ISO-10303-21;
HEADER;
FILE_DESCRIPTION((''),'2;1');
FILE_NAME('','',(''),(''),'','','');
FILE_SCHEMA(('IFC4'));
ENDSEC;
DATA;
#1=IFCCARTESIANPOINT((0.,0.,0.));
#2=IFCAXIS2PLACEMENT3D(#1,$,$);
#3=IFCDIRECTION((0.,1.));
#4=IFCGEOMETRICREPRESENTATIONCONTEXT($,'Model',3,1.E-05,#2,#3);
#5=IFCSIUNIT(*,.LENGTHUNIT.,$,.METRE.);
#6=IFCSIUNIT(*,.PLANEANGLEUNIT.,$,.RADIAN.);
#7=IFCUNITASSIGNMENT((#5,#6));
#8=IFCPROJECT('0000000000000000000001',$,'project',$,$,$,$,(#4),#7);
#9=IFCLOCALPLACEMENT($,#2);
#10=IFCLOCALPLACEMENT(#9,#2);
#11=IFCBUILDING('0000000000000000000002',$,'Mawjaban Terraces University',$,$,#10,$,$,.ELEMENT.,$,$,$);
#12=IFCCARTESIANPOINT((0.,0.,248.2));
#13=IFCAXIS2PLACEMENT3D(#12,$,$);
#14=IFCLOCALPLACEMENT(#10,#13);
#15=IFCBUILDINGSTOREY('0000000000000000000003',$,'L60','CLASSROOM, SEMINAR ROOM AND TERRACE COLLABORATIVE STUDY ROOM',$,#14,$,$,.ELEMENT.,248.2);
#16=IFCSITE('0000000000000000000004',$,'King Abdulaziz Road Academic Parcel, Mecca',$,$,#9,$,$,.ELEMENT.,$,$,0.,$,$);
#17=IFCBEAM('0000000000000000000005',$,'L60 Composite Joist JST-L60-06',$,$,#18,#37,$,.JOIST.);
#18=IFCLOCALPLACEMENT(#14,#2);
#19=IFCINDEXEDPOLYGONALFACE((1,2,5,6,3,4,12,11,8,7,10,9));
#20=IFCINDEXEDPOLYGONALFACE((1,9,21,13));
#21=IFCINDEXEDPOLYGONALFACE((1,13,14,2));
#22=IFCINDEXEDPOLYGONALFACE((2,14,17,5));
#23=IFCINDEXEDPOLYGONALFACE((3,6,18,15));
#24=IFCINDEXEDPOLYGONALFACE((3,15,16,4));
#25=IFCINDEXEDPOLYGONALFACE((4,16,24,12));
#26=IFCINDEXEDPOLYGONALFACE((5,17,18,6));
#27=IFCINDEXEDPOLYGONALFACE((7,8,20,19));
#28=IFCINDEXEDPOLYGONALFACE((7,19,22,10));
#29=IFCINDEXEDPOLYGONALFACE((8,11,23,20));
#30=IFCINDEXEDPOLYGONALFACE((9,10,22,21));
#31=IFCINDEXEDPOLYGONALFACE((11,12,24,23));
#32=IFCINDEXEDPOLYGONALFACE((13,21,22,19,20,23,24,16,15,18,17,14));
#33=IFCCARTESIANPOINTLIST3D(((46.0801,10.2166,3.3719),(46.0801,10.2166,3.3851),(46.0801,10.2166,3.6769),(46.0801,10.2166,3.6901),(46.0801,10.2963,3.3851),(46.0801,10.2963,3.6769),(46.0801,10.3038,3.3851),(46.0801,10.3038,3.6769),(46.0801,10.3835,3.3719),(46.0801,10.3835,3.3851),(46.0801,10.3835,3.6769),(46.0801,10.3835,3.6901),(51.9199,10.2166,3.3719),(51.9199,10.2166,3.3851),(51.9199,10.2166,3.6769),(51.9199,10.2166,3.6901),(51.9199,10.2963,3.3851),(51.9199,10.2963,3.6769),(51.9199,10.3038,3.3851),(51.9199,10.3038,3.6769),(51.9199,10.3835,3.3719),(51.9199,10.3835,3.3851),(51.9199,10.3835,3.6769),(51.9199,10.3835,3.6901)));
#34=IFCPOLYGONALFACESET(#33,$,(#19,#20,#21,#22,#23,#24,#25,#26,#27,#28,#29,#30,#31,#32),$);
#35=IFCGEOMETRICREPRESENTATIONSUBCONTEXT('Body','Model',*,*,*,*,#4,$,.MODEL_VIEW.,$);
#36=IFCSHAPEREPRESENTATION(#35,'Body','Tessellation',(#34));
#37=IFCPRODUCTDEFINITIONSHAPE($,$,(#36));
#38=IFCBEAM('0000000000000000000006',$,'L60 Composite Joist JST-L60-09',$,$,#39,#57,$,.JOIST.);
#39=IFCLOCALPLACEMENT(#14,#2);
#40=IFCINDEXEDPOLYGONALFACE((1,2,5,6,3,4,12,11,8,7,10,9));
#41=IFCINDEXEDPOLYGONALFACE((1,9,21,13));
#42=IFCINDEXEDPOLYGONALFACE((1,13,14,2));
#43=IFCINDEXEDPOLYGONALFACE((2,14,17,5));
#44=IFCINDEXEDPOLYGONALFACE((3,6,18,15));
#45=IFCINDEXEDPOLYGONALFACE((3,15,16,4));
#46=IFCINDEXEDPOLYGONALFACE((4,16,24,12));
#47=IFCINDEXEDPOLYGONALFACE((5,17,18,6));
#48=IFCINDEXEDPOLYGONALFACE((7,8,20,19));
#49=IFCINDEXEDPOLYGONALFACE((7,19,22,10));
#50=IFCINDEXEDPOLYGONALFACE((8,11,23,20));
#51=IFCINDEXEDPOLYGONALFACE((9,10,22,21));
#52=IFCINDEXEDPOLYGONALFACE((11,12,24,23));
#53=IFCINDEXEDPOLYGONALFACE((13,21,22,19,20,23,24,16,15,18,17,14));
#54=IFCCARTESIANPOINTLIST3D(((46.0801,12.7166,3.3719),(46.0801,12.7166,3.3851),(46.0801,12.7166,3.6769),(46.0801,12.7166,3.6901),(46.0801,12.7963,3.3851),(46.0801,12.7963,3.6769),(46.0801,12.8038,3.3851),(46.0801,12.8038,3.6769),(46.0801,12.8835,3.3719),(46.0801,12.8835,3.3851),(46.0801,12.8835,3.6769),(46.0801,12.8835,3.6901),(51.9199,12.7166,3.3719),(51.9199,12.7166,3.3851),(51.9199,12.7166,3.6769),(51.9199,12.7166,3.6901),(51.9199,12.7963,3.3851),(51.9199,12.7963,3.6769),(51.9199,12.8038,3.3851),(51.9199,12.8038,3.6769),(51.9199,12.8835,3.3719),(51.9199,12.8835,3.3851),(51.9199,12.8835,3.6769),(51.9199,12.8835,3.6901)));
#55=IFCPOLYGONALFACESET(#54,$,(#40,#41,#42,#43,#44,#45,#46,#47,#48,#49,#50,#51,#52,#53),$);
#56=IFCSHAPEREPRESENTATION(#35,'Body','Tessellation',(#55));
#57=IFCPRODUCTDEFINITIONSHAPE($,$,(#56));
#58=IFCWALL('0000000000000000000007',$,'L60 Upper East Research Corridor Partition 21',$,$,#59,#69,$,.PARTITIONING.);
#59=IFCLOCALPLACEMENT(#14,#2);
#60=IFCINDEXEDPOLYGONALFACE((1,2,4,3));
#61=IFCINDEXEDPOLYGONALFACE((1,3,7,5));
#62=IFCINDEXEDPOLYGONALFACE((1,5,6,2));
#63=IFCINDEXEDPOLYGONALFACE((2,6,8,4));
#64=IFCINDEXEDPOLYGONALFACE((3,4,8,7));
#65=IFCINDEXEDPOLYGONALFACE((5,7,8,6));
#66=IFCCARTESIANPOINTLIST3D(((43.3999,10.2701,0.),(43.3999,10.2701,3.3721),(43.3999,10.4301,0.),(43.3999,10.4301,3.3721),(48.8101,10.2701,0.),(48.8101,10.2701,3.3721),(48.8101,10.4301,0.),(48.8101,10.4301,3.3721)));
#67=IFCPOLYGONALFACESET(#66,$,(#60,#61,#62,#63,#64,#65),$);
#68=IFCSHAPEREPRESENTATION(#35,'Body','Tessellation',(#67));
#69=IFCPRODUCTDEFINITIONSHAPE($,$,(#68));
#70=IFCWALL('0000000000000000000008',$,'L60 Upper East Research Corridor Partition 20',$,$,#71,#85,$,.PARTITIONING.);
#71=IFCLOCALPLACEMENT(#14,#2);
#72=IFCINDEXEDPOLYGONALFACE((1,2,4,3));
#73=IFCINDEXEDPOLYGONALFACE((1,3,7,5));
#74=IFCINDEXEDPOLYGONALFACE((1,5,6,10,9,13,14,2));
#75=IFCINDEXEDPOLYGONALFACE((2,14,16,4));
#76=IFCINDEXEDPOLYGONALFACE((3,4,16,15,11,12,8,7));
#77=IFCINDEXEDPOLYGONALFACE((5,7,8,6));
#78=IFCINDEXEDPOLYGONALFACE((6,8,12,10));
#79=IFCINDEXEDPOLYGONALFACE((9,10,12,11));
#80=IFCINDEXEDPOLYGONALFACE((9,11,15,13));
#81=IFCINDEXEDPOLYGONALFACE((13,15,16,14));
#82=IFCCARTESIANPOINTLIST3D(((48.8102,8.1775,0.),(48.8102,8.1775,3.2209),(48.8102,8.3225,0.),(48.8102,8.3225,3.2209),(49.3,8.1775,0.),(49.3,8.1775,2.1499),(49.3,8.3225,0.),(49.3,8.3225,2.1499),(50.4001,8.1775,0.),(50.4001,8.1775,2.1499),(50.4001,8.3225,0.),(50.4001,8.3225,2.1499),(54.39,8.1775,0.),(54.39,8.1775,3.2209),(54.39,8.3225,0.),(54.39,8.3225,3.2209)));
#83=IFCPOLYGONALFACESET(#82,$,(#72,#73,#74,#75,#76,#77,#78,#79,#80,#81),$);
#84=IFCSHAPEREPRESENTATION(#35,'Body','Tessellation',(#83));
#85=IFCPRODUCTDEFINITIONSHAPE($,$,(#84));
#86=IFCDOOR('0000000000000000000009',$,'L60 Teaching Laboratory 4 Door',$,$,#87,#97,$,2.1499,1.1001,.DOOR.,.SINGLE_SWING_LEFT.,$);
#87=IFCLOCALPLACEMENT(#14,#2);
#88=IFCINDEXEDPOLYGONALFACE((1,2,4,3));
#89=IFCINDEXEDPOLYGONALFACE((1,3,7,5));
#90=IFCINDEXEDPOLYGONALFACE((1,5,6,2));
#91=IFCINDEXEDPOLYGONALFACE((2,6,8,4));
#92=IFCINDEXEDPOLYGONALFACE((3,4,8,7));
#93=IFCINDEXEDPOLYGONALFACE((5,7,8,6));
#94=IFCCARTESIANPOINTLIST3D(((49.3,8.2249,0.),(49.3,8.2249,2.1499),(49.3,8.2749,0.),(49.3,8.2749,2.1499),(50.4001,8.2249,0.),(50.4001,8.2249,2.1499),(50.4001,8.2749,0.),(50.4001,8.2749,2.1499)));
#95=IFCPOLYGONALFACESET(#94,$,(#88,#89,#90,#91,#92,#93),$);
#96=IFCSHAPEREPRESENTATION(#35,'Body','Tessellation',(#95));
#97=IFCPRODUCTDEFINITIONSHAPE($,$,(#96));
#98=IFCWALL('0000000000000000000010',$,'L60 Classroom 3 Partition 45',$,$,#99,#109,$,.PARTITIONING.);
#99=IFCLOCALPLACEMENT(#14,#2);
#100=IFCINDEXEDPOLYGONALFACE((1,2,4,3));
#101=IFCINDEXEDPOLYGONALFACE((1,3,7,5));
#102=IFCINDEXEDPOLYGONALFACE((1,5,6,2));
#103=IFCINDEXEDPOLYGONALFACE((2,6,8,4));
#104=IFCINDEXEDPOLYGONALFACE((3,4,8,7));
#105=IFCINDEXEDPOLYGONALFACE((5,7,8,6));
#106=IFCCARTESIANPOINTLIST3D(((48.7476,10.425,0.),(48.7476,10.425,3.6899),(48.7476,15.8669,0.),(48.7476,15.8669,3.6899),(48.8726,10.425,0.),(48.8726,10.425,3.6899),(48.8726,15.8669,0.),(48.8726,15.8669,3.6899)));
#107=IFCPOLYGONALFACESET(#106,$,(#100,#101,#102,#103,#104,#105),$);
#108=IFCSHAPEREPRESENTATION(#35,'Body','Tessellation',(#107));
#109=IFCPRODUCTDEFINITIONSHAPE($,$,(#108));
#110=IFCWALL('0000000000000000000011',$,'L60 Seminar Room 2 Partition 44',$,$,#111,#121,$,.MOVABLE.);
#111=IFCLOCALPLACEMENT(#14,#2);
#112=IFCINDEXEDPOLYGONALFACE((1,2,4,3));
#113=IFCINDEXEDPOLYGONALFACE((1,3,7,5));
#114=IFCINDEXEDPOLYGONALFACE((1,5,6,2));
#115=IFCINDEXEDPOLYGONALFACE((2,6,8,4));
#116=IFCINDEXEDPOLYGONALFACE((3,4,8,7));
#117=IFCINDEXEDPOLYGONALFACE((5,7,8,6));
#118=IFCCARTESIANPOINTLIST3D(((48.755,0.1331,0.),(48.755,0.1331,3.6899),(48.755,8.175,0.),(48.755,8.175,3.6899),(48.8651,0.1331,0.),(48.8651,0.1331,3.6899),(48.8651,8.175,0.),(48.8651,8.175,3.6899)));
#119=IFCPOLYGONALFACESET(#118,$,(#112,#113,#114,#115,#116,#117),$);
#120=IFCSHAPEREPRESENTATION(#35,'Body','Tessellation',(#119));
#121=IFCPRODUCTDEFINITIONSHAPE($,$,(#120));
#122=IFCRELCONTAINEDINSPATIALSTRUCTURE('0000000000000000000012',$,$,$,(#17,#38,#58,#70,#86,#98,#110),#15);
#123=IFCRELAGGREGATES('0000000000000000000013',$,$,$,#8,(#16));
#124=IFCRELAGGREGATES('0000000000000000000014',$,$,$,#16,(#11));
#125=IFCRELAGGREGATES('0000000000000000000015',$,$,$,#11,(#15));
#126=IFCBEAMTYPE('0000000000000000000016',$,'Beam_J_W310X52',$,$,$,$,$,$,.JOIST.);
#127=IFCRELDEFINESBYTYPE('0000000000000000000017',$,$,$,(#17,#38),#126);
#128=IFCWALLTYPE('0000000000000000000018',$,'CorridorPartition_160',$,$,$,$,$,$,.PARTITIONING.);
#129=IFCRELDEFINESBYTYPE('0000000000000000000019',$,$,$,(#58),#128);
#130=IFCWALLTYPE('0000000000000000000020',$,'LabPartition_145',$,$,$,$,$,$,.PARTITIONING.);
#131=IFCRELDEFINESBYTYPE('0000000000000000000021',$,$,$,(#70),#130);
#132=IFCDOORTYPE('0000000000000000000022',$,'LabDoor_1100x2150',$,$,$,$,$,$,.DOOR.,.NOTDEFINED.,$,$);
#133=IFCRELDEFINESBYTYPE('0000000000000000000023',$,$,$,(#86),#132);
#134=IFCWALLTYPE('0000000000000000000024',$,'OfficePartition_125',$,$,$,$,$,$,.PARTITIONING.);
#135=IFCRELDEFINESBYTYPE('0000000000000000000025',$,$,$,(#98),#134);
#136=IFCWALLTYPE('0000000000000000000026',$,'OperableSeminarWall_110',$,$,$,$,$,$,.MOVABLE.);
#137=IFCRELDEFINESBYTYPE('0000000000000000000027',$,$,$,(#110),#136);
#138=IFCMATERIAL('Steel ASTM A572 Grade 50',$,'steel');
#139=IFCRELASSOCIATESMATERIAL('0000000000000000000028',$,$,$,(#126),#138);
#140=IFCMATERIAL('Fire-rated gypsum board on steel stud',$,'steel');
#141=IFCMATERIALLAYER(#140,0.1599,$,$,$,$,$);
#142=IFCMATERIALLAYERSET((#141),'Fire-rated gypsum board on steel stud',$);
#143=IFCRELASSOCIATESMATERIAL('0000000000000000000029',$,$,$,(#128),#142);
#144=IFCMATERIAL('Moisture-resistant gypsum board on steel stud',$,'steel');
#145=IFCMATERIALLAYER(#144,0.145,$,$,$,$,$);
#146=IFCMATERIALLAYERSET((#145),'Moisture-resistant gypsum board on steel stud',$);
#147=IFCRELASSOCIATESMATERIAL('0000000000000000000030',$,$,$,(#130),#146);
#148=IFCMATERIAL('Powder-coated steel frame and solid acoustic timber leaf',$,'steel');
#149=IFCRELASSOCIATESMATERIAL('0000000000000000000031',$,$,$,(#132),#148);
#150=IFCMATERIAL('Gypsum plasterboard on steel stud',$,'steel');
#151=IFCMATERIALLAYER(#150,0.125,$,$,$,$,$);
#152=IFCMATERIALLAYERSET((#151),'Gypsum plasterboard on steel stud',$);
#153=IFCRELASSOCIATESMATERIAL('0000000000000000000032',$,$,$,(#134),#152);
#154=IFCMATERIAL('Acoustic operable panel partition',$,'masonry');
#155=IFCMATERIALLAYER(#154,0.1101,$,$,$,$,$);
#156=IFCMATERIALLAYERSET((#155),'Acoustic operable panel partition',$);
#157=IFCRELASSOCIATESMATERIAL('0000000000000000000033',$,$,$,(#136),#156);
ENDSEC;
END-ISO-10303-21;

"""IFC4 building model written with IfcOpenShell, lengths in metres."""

from ifc_helpers import new_model, si_unit, direction, frame, frame_2d, origin, origin_2d, place, context, subcontext, project, spatial, rectangle, i_section, extrude, material, layer, layer_set, material_profile, profile_set, type_object, element, fill, save


model = new_model("IFC4")

# Units and contexts
model_context = context("Model", 3, precision=1e-05, world=origin(), true_north=direction((0.0, 1.0)))
body_context = subcontext(model_context, "Body", "Model", "MODEL_VIEW")
ifc_project = project(units=[si_unit("LENGTHUNIT", "METRE"), si_unit("PLANEANGLEUNIT", "RADIAN")], contexts=[model_context])

# Site, building, storey
site_placement = place(None, origin())
site = spatial("IfcSite", under=ifc_project, at=site_placement, Name="King Abdulaziz Road Academic Parcel, Mecca", CompositionType="ELEMENT", RefElevation=0.0)
building_placement = place(site_placement, origin())
building = spatial("IfcBuilding", under=site, at=building_placement, Name="Mawjaban Terraces University", CompositionType="ELEMENT")
storey_placement = place(building_placement, frame((0.0, 0.0, 248.2)))
storey = spatial("IfcBuildingStorey", under=building, at=storey_placement, Name="L60", Description="CLASSROOM, SEMINAR ROOM AND TERRACE COLLABORATIVE STUDY ROOM", CompositionType="ELEMENT", Elevation=248.2)

# Beams
ifc_material_1 = material(Name="Steel ASTM A572 Grade 50", Category="steel")
ifc_material_profile_1 = material_profile(ifc_material_1, i_section(OverallWidth=0.167, OverallDepth=0.3181, WebThickness=0.0076, FlangeThickness=0.0132, at=origin_2d()), Name="W310X52")
ifc_profile_set_1 = profile_set([ifc_material_profile_1], Name="Steel ASTM A572 Grade 50")
beam_type_1 = type_object("IfcBeamType", Name="Beam_J_W310X52", PredefinedType="JOIST", material=ifc_profile_set_1)
for number, where, z_axis, x_axis, name in (
    (1, (46.0801, 10.3, 3.531), (1.0, 0.0, 0.0), (0.0, 1.0, 0.0), "L60 Composite Joist JST-L60-06"),
    (2, (46.0801, 12.8, 3.531), (1.0, 0.0, 0.0), (0.0, 1.0, 0.0), "L60 Composite Joist JST-L60-09"),
):
    element("IfcBeam", number, at=place(storey_placement, frame(where, z_axis=z_axis, x_axis=x_axis)), inside=storey, type_object=beam_type_1, Name=name, PredefinedType="JOIST", context=body_context, shape_type="SweptSolid", body=[
        extrude(i_section(OverallWidth=0.167, OverallDepth=0.3181, WebThickness=0.0076, FlangeThickness=0.0132, at=origin_2d()), origin(), (0.0, 0.0, 1.0), 5.8398),
    ])

# Wall
ifc_material_2 = material(Name="Fire-rated gypsum board on steel stud", Category="steel")
ifc_layer_1 = layer(ifc_material_2, 0.1599)
ifc_layer_set_1 = layer_set([ifc_layer_1], Name="Fire-rated gypsum board on steel stud")
wall_type_1 = type_object("IfcWallType", Name="CorridorPartition_160", PredefinedType="PARTITIONING", material=ifc_layer_set_1)
wall_1_placement = place(storey_placement, frame((48.8101, 10.3501, 0.0), z_axis=(0.0, 0.0, 1.0), x_axis=(-1.0, 0.0, 0.0)))
element("IfcWall", 3, at=wall_1_placement, inside=storey, type_object=wall_type_1, Name="L60 Upper East Research Corridor Partition 21", PredefinedType="PARTITIONING", context=body_context, shape_type="SweptSolid", body=[
    extrude(rectangle(XDim=5.4102, YDim=0.1599, at=frame_2d((2.7051, 0.0))), origin(), (0.0, 0.0, 1.0), 3.3721),
])

# Wall, opening, door
ifc_material_3 = material(Name="Moisture-resistant gypsum board on steel stud", Category="steel")
ifc_layer_2 = layer(ifc_material_3, 0.145)
ifc_layer_set_2 = layer_set([ifc_layer_2], Name="Moisture-resistant gypsum board on steel stud")
wall_type_2 = type_object("IfcWallType", Name="LabPartition_145", PredefinedType="PARTITIONING", material=ifc_layer_set_2)
wall_2_placement = place(storey_placement, frame((48.8101, 8.25, 0.0), z_axis=(0.0, 0.0, 1.0), x_axis=(1.0, 0.0, 0.0)))
wall_2 = element("IfcWall", 4, at=wall_2_placement, inside=storey, type_object=wall_type_2, Name="L60 Upper East Research Corridor Partition 20", PredefinedType="PARTITIONING", context=body_context, shape_type="SweptSolid", body=[
    extrude(rectangle(XDim=5.5798, YDim=0.145, at=frame_2d((2.79, 0.0))), origin(), (0.0, 0.0, 1.0), 3.2209),
])
opening_placement = place(wall_2_placement, frame((0.49, 0.0, 0.0)))
opening = element("IfcOpeningElement", 5, at=opening_placement, cuts=wall_2, PredefinedType="OPENING", context=body_context, shape_type="SweptSolid", body=[
    extrude(rectangle(XDim=1.1001, YDim=2.1499, at=frame_2d((0.55, 1.075))), frame((0.0, 0.0825, 0.0), z_axis=(0.0, -1.0, 0.0), x_axis=(1.0, 0.0, 0.0)), (0.0, 0.0, 1.0), 0.165),
])
ifc_material_4 = material(Name="Powder-coated steel frame and solid acoustic timber leaf", Category="steel")
door_type = type_object("IfcDoorType", Name="LabDoor_1100x2150", OperationType="NOTDEFINED", PredefinedType="DOOR", material=ifc_material_4)
door_placement = place(opening_placement, origin())
door = element("IfcDoor", 6, at=door_placement, inside=storey, type_object=door_type, Name="L60 Teaching Laboratory 4 Door", OperationType="SINGLE_SWING_LEFT", OverallHeight=2.1499, OverallWidth=1.1001, PredefinedType="DOOR", context=body_context, shape_type="SweptSolid", body=[
    extrude(rectangle(XDim=1.1001, YDim=2.1499, at=frame_2d((0.55, 1.075))), frame((0.0, 0.0249, 0.0), z_axis=(0.0, -1.0, 0.0), x_axis=(1.0, 0.0, 0.0)), (0.0, 0.0, 1.0), 0.05),
])
fill(opening, door)

# Walls
ifc_material_5 = material(Name="Gypsum plasterboard on steel stud", Category="steel")
ifc_layer_3 = layer(ifc_material_5, 0.125)
ifc_layer_set_3 = layer_set([ifc_layer_3], Name="Gypsum plasterboard on steel stud")
wall_type_3 = type_object("IfcWallType", Name="OfficePartition_125", PredefinedType="PARTITIONING", material=ifc_layer_set_3)
wall_3_placement = place(storey_placement, frame((48.8101, 10.425, 0.0), z_axis=(0.0, 0.0, 1.0), x_axis=(0.0, 1.0, 0.0)))
element("IfcWall", 7, at=wall_3_placement, inside=storey, type_object=wall_type_3, Name="L60 Classroom 3 Partition 45", PredefinedType="PARTITIONING", context=body_context, shape_type="SweptSolid", body=[
    extrude(rectangle(XDim=5.4419, YDim=0.125, at=frame_2d((2.7209, 0.0))), origin(), (0.0, 0.0, 1.0), 3.6899),
])
ifc_material_6 = material(Name="Acoustic operable panel partition", Category="masonry")
ifc_layer_4 = layer(ifc_material_6, 0.1101)
ifc_layer_set_4 = layer_set([ifc_layer_4], Name="Acoustic operable panel partition")
wall_type_4 = type_object("IfcWallType", Name="OperableSeminarWall_110", PredefinedType="MOVABLE", material=ifc_layer_set_4)
wall_4_placement = place(storey_placement, frame((48.8101, 0.1331, 0.0), z_axis=(0.0, 0.0, 1.0), x_axis=(0.0, 1.0, 0.0)))
element("IfcWall", 8, at=wall_4_placement, inside=storey, type_object=wall_type_4, Name="L60 Seminar Room 2 Partition 44", PredefinedType="MOVABLE", context=body_context, shape_type="SweptSolid", body=[
    extrude(rectangle(XDim=8.042, YDim=0.1101, at=frame_2d((4.021, 0.0))), origin(), (0.0, 0.0, 1.0), 3.6899),
])

save(model, "model.ifc")
